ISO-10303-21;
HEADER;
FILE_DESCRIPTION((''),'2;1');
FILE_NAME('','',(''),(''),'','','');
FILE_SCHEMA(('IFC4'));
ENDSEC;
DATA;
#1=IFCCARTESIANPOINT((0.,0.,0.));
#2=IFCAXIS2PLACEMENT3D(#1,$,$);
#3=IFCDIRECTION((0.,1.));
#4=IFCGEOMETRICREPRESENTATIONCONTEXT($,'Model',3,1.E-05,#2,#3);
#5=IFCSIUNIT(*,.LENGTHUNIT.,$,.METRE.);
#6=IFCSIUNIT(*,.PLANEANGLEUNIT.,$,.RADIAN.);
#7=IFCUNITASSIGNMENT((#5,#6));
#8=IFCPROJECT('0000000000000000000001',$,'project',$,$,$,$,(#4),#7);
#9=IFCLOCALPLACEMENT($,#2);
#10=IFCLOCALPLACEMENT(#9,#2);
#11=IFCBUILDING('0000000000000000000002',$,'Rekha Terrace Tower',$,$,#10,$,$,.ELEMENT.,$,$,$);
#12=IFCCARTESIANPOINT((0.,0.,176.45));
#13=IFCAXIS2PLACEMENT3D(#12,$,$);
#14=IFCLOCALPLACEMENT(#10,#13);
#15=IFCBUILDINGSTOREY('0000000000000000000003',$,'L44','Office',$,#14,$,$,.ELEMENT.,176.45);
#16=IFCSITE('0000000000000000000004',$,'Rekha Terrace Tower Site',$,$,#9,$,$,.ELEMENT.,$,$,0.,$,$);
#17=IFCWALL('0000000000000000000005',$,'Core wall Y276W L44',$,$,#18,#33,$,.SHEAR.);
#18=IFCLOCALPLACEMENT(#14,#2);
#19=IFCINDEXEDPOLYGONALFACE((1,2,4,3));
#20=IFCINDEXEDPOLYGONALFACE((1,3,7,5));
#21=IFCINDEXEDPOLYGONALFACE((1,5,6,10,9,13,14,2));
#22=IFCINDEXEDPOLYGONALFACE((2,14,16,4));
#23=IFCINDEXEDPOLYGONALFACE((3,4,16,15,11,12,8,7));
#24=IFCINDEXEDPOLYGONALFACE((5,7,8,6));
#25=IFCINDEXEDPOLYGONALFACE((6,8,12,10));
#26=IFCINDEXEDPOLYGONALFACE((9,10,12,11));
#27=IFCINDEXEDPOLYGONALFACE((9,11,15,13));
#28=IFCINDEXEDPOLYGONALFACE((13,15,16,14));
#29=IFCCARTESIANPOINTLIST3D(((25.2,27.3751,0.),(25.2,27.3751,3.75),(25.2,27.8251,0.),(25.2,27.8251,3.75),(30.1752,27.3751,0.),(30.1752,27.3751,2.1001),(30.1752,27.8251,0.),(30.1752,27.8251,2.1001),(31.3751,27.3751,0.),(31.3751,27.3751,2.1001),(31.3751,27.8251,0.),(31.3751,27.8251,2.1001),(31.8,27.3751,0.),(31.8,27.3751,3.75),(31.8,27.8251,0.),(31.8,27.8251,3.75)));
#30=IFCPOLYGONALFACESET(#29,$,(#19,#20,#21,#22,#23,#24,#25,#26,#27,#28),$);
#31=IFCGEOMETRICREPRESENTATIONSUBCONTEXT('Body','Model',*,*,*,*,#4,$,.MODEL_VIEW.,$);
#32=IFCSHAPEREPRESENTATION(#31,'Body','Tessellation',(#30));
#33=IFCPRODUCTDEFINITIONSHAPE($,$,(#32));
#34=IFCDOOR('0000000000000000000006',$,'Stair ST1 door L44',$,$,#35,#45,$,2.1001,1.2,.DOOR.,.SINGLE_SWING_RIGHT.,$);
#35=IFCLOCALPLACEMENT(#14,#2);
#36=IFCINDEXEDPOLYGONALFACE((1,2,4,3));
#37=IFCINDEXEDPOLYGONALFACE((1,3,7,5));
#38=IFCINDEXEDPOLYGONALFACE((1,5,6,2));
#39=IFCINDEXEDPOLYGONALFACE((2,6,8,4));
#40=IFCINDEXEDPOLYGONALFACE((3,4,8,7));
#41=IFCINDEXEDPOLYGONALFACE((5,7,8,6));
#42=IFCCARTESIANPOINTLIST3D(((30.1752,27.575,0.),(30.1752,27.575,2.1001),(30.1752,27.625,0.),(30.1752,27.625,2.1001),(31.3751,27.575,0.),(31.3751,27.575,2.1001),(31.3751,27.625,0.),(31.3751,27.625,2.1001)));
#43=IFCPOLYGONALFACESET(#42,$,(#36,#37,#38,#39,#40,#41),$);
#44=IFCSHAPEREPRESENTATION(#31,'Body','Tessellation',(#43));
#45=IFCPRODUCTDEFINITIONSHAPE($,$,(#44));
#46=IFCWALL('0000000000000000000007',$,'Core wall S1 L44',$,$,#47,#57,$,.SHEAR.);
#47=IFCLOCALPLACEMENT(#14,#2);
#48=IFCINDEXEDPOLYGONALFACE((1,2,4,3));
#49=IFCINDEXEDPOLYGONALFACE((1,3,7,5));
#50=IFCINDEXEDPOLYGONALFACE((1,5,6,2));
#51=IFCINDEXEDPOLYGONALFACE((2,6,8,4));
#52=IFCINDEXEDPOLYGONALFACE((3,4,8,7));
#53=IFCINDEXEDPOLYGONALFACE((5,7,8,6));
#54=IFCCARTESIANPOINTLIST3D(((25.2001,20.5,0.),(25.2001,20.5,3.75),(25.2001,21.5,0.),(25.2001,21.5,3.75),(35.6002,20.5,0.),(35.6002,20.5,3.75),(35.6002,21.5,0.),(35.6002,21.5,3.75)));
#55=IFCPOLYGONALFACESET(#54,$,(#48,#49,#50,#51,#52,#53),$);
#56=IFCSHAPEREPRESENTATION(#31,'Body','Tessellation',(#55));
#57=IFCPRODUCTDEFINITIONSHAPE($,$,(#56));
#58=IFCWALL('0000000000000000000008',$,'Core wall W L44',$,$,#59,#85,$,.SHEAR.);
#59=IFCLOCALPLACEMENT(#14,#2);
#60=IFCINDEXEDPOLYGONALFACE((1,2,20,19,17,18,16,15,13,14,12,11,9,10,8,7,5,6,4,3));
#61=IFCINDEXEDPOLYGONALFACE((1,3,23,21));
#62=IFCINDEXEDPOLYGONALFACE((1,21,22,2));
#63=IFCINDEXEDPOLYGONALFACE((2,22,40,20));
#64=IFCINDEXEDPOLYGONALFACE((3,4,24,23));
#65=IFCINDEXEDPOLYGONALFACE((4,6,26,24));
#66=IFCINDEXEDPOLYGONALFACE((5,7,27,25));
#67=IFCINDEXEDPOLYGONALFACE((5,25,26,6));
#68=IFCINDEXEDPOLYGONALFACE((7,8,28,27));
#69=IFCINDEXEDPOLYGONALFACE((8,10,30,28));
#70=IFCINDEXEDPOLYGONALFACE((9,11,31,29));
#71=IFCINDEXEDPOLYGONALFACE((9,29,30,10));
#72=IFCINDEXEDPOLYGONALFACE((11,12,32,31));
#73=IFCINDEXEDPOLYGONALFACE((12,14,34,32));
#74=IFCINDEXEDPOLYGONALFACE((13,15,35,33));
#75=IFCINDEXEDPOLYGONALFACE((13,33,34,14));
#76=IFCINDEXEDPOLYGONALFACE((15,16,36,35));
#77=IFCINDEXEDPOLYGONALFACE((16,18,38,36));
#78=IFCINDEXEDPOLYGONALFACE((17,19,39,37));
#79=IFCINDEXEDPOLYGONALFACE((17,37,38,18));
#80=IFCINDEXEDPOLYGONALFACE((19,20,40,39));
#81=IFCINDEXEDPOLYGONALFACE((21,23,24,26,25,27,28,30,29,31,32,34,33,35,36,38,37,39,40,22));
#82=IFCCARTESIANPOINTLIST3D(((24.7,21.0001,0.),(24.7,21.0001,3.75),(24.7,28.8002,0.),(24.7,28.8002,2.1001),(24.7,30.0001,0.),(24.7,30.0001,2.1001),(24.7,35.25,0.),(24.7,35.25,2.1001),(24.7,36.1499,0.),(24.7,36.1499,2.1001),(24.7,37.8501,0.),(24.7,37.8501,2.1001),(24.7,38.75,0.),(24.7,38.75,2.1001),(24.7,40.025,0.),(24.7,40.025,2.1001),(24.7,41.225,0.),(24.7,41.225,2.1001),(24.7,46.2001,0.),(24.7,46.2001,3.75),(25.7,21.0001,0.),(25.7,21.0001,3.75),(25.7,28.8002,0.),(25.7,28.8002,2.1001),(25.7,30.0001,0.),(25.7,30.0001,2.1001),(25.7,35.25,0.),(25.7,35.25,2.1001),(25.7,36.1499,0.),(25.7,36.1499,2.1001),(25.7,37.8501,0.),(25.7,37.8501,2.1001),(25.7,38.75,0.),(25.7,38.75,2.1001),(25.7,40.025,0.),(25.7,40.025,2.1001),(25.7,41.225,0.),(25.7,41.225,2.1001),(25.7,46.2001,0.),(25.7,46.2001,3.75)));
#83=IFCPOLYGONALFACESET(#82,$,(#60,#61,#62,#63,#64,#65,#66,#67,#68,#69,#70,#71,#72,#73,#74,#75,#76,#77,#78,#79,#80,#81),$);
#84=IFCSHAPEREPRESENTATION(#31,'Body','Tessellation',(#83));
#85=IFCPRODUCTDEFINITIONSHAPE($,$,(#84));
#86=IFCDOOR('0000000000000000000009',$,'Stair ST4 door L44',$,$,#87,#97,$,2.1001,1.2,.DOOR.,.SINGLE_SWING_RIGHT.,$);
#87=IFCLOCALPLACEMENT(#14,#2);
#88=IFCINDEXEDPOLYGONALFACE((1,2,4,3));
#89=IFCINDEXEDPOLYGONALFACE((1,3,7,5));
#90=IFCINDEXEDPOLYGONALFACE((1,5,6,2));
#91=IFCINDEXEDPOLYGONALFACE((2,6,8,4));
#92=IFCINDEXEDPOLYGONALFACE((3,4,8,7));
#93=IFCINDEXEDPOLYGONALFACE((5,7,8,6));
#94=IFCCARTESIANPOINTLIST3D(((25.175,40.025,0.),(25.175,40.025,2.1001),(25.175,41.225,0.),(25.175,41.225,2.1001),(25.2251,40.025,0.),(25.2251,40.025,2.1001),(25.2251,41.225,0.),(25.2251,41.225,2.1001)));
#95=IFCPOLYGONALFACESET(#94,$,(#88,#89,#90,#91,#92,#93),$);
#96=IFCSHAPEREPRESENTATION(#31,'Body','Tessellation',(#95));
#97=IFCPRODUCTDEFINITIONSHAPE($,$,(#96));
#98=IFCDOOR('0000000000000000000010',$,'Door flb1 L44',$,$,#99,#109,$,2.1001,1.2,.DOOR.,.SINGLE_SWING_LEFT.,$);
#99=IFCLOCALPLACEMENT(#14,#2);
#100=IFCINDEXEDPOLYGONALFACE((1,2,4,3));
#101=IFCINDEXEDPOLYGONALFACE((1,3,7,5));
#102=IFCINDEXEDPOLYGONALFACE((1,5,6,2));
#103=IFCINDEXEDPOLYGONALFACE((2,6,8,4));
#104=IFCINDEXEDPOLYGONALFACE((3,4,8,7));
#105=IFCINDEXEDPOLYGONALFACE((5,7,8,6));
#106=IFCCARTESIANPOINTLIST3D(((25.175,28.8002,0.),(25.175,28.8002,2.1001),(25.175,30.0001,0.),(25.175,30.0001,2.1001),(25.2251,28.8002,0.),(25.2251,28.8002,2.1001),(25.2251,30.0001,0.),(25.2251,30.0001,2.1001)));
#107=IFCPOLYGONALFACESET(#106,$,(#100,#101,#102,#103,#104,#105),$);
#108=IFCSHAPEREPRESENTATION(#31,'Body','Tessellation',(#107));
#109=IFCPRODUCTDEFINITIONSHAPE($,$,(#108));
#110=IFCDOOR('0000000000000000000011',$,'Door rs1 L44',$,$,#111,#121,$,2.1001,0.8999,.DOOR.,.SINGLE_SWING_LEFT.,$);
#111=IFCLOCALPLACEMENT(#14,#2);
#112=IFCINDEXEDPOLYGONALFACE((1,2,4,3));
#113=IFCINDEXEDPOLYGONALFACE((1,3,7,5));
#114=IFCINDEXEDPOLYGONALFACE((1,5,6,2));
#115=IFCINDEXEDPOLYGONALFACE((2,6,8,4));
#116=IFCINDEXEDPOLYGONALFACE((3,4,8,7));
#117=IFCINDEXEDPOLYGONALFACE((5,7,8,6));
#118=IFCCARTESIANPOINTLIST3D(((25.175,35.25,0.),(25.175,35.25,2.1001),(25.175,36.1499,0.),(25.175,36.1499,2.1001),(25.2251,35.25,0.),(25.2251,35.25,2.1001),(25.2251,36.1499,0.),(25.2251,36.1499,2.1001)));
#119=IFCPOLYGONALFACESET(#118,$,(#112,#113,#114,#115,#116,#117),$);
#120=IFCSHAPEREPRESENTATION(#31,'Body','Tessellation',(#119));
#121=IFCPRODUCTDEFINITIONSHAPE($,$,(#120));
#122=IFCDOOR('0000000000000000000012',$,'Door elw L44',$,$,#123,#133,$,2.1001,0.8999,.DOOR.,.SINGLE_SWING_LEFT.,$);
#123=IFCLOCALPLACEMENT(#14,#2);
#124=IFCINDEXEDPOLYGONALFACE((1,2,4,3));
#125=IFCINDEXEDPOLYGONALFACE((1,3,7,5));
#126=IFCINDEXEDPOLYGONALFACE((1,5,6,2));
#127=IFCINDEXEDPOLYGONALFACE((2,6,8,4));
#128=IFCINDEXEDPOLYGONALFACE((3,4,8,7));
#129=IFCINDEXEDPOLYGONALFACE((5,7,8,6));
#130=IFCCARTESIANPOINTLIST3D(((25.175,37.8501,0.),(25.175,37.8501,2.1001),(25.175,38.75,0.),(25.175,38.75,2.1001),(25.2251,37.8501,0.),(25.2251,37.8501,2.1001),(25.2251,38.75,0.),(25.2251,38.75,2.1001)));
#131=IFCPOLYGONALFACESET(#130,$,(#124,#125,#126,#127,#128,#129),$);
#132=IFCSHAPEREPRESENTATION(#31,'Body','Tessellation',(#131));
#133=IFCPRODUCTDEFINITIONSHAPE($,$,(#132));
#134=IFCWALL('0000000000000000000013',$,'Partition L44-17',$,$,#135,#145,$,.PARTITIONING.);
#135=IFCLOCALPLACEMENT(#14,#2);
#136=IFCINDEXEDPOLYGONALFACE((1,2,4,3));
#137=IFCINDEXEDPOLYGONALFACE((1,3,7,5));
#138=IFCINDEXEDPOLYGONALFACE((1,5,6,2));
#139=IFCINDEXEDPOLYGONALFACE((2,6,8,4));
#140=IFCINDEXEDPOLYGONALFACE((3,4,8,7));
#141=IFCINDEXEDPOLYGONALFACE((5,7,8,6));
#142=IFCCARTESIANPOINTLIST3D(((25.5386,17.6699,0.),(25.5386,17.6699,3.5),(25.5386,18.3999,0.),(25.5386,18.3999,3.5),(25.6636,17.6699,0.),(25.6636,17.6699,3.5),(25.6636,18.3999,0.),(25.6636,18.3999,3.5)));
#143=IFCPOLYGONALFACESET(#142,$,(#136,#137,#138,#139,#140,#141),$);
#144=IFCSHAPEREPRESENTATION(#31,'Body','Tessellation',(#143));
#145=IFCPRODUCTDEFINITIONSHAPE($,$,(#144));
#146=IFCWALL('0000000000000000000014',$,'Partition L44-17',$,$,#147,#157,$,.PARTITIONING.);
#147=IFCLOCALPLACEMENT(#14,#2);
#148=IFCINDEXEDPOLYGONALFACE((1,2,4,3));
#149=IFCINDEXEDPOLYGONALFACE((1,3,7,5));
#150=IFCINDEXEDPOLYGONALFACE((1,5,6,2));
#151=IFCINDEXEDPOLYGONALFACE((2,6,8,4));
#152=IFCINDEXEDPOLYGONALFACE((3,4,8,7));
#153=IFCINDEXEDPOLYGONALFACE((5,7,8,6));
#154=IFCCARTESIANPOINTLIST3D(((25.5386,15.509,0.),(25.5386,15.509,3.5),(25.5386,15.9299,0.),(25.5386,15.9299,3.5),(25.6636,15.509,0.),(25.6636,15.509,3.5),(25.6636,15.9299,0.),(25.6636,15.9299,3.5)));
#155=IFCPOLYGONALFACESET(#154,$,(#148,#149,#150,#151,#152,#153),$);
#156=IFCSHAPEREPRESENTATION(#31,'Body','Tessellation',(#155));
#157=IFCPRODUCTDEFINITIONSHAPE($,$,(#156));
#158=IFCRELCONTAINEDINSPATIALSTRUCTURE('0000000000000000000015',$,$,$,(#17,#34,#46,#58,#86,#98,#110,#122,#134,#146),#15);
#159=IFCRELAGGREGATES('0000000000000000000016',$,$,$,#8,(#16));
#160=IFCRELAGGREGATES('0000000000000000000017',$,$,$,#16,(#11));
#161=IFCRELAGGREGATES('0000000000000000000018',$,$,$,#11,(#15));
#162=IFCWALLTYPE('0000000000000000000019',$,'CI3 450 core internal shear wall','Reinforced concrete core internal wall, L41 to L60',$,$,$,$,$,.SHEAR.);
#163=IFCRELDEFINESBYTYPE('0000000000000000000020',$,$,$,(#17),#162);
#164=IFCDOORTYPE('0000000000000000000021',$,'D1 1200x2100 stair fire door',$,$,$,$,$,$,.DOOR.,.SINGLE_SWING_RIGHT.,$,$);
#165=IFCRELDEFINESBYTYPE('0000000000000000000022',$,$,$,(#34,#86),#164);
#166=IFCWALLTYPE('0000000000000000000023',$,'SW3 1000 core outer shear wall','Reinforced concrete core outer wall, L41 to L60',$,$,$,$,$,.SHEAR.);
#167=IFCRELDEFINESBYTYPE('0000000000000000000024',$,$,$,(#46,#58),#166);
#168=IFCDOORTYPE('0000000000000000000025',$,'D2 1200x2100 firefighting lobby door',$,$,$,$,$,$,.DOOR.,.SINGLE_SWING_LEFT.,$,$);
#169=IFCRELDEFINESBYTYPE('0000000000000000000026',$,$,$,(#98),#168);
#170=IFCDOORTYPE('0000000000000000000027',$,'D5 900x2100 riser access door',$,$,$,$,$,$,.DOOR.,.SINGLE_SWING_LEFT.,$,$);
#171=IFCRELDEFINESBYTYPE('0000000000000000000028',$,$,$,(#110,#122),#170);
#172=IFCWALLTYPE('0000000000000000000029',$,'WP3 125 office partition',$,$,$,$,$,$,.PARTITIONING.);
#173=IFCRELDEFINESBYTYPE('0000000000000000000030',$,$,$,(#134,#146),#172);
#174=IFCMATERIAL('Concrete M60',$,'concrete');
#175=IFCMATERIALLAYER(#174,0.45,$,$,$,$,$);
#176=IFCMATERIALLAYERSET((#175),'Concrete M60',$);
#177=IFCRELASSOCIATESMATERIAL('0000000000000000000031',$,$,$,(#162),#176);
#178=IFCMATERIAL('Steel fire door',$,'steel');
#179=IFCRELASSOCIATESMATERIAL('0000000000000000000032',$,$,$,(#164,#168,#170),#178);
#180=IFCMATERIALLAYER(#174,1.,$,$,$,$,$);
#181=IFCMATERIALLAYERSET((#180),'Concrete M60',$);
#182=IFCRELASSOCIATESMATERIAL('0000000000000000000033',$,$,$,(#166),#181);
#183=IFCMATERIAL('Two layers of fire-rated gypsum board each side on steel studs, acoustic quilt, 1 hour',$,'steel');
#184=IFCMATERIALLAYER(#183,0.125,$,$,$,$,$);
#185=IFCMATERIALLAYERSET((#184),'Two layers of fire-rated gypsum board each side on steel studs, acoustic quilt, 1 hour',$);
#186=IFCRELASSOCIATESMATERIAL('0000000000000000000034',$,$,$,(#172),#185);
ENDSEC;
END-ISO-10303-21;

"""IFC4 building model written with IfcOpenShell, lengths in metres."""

from ifc_helpers import new_model, si_unit, direction, frame, frame_2d, origin, place, context, subcontext, project, spatial, rectangle, extrude, material, layer, layer_set, type_object, element, fill, save


model = new_model("IFC4")

# Units and contexts
model_context = context("Model", 3, precision=1e-05, world=origin(), true_north=direction((0.0, 1.0)))
body_context = subcontext(model_context, "Body", "Model", "MODEL_VIEW")
ifc_project = project(units=[si_unit("LENGTHUNIT", "METRE"), si_unit("PLANEANGLEUNIT", "RADIAN")], contexts=[model_context])

# Site, building, storey
site_placement = place(None, origin())
site = spatial("IfcSite", under=ifc_project, at=site_placement, Name="Rekha Terrace Tower Site", CompositionType="ELEMENT", RefElevation=0.0)
building_placement = place(site_placement, origin())
building = spatial("IfcBuilding", under=site, at=building_placement, Name="Rekha Terrace Tower", CompositionType="ELEMENT")
storey_placement = place(building_placement, frame((0.0, 0.0, 176.45)))
storey = spatial("IfcBuildingStorey", under=building, at=storey_placement, Name="L44", Description="Office", CompositionType="ELEMENT", Elevation=176.45)

# Shared definitions
ifc_material_1 = material(Name="Concrete M60", Category="concrete")

# Wall, opening, door
ifc_layer_1 = layer(ifc_material_1, 0.45)
ifc_layer_set_1 = layer_set([ifc_layer_1], Name="Concrete M60")
wall_type_1 = type_object("IfcWallType", Name="CI3 450 core internal shear wall", Description="Reinforced concrete core internal wall, L41 to L60", PredefinedType="SHEAR", material=ifc_layer_set_1)
wall_1_placement = place(storey_placement, frame((25.2, 27.6001, 0.0), z_axis=(0.0, 0.0, 1.0), x_axis=(1.0, 0.0, 0.0)))
wall_1 = element("IfcWall", 1, at=wall_1_placement, inside=storey, type_object=wall_type_1, Name="Core wall Y276W L44", PredefinedType="SHEAR", context=body_context, shape_type="SweptSolid", body=[
    extrude(rectangle(XDim=6.6001, YDim=0.45, at=frame_2d((3.3, 0.0))), origin(), (0.0, 0.0, 1.0), 3.75),
])
opening_1_placement = place(wall_1_placement, frame((4.9751, 0.0, 0.0)))
opening_1 = element("IfcOpeningElement", 2, at=opening_1_placement, cuts=wall_1, PredefinedType="OPENING", context=body_context, shape_type="SweptSolid", body=[
    extrude(rectangle(XDim=1.2, YDim=2.1001, at=frame_2d((0.6001, 1.05))), frame((0.0, 0.2349, 0.0), z_axis=(0.0, -1.0, 0.0), x_axis=(1.0, 0.0, 0.0)), (0.0, 0.0, 1.0), 0.47),
])
ifc_material_2 = material(Name="Steel fire door", Category="steel")
door_type_1 = type_object("IfcDoorType", Name="D1 1200x2100 stair fire door", OperationType="SINGLE_SWING_RIGHT", PredefinedType="DOOR", material=ifc_material_2)
door_1_placement = place(opening_1_placement, origin())
door_1 = element("IfcDoor", 3, at=door_1_placement, inside=storey, type_object=door_type_1, Name="Stair ST1 door L44", OperationType="SINGLE_SWING_RIGHT", OverallHeight=2.1001, OverallWidth=1.2, PredefinedType="DOOR", context=body_context, shape_type="SweptSolid", body=[
    extrude(rectangle(XDim=1.2, YDim=2.1001, at=frame_2d((0.6001, 1.05))), frame((0.0, 0.0249, 0.0), z_axis=(0.0, -1.0, 0.0), x_axis=(1.0, 0.0, 0.0)), (0.0, 0.0, 1.0), 0.05),
])
fill(opening_1, door_1)

# Wall
ifc_layer_2 = layer(ifc_material_1, 1.0)
ifc_layer_set_2 = layer_set([ifc_layer_2], Name="Concrete M60")
wall_type_2 = type_object("IfcWallType", Name="SW3 1000 core outer shear wall", Description="Reinforced concrete core outer wall, L41 to L60", PredefinedType="SHEAR", material=ifc_layer_set_2)
wall_2_placement = place(storey_placement, frame((25.2, 21.0, 0.0), z_axis=(0.0, 0.0, 1.0), x_axis=(1.0, 0.0, 0.0)))
element("IfcWall", 4, at=wall_2_placement, inside=storey, type_object=wall_type_2, Name="Core wall S1 L44", PredefinedType="SHEAR", context=body_context, shape_type="SweptSolid", body=[
    extrude(rectangle(XDim=10.4001, YDim=1.0, at=frame_2d((5.2002, 0.0))), origin(), (0.0, 0.0, 1.0), 3.75),
])

# Wall, openings, doors
wall_3_placement = place(storey_placement, frame((25.2, 21.0, 0.0), z_axis=(0.0, 0.0, 1.0), x_axis=(0.0, 1.0, 0.0)))
wall_3 = element("IfcWall", 5, at=wall_3_placement, inside=storey, type_object=wall_type_2, Name="Core wall W L44", PredefinedType="SHEAR", context=body_context, shape_type="SweptSolid", body=[
    extrude(rectangle(XDim=25.2, YDim=1.0, at=frame_2d((12.6001, 0.0))), origin(), (0.0, 0.0, 1.0), 3.75),
])
opening_2_placement = place(wall_3_placement, frame((7.8, 0.0, 0.0)))
opening_2 = element("IfcOpeningElement", 6, at=opening_2_placement, cuts=wall_3, PredefinedType="OPENING", context=body_context, shape_type="SweptSolid", body=[
    extrude(rectangle(XDim=1.2, YDim=2.1001, at=frame_2d((0.6001, 1.05))), frame((0.0, 0.51, 0.0), z_axis=(0.0, -1.0, 0.0), x_axis=(1.0, 0.0, 0.0)), (0.0, 0.0, 1.0), 1.02),
])
opening_3_placement = place(wall_3_placement, frame((14.25, 0.0, 0.0)))
opening_3 = element("IfcOpeningElement", 7, at=opening_3_placement, cuts=wall_3, PredefinedType="OPENING", context=body_context, shape_type="SweptSolid", body=[
    extrude(rectangle(XDim=0.8999, YDim=2.1001, at=frame_2d((0.45, 1.05))), frame((0.0, 0.51, 0.0), z_axis=(0.0, -1.0, 0.0), x_axis=(1.0, 0.0, 0.0)), (0.0, 0.0, 1.0), 1.02),
])
opening_4_placement = place(wall_3_placement, frame((16.8501, 0.0, 0.0)))
opening_4 = element("IfcOpeningElement", 8, at=opening_4_placement, cuts=wall_3, PredefinedType="OPENING", context=body_context, shape_type="SweptSolid", body=[
    extrude(rectangle(XDim=0.8999, YDim=2.1001, at=frame_2d((0.45, 1.05))), frame((0.0, 0.51, 0.0), z_axis=(0.0, -1.0, 0.0), x_axis=(1.0, 0.0, 0.0)), (0.0, 0.0, 1.0), 1.02),
])
opening_5_placement = place(wall_3_placement, frame((19.0249, 0.0, 0.0)))
opening_5 = element("IfcOpeningElement", 9, at=opening_5_placement, cuts=wall_3, PredefinedType="OPENING", context=body_context, shape_type="SweptSolid", body=[
    extrude(rectangle(XDim=1.2, YDim=2.1001, at=frame_2d((0.6001, 1.05))), frame((0.0, 0.51, 0.0), z_axis=(0.0, -1.0, 0.0), x_axis=(1.0, 0.0, 0.0)), (0.0, 0.0, 1.0), 1.02),
])
door_2_placement = place(opening_5_placement, origin())
door_2 = element("IfcDoor", 10, at=door_2_placement, inside=storey, type_object=door_type_1, Name="Stair ST4 door L44", OperationType="SINGLE_SWING_RIGHT", OverallHeight=2.1001, OverallWidth=1.2, PredefinedType="DOOR", context=body_context, shape_type="SweptSolid", body=[
    extrude(rectangle(XDim=1.2, YDim=2.1001, at=frame_2d((0.6001, 1.05))), frame((0.0, 0.0249, 0.0), z_axis=(0.0, -1.0, 0.0), x_axis=(1.0, 0.0, 0.0)), (0.0, 0.0, 1.0), 0.05),
])
fill(opening_5, door_2)
door_type_2 = type_object("IfcDoorType", Name="D2 1200x2100 firefighting lobby door", OperationType="SINGLE_SWING_LEFT", PredefinedType="DOOR", material=ifc_material_2)
door_3_placement = place(opening_2_placement, origin())
door_3 = element("IfcDoor", 11, at=door_3_placement, inside=storey, type_object=door_type_2, Name="Door flb1 L44", OperationType="SINGLE_SWING_LEFT", OverallHeight=2.1001, OverallWidth=1.2, PredefinedType="DOOR", context=body_context, shape_type="SweptSolid", body=[
    extrude(rectangle(XDim=1.2, YDim=2.1001, at=frame_2d((0.6001, 1.05))), frame((0.0, 0.0249, 0.0), z_axis=(0.0, -1.0, 0.0), x_axis=(1.0, 0.0, 0.0)), (0.0, 0.0, 1.0), 0.05),
])
fill(opening_2, door_3)
door_type_3 = type_object("IfcDoorType", Name="D5 900x2100 riser access door", OperationType="SINGLE_SWING_LEFT", PredefinedType="DOOR", material=ifc_material_2)
door_4_placement = place(opening_3_placement, origin())
door_4 = element("IfcDoor", 12, at=door_4_placement, inside=storey, type_object=door_type_3, Name="Door rs1 L44", OperationType="SINGLE_SWING_LEFT", OverallHeight=2.1001, OverallWidth=0.8999, PredefinedType="DOOR", context=body_context, shape_type="SweptSolid", body=[
    extrude(rectangle(XDim=0.8999, YDim=2.1001, at=frame_2d((0.45, 1.05))), frame((0.0, 0.0249, 0.0), z_axis=(0.0, -1.0, 0.0), x_axis=(1.0, 0.0, 0.0)), (0.0, 0.0, 1.0), 0.05),
])
fill(opening_3, door_4)
door_5_placement = place(opening_4_placement, origin())
door_5 = element("IfcDoor", 13, at=door_5_placement, inside=storey, type_object=door_type_3, Name="Door elw L44", OperationType="SINGLE_SWING_LEFT", OverallHeight=2.1001, OverallWidth=0.8999, PredefinedType="DOOR", context=body_context, shape_type="SweptSolid", body=[
    extrude(rectangle(XDim=0.8999, YDim=2.1001, at=frame_2d((0.45, 1.05))), frame((0.0, 0.0249, 0.0), z_axis=(0.0, -1.0, 0.0), x_axis=(1.0, 0.0, 0.0)), (0.0, 0.0, 1.0), 0.05),
])
fill(opening_4, door_5)

# Walls
ifc_material_3 = material(Name="Two layers of fire-rated gypsum board each side on steel studs, acoustic quilt, 1 hour", Category="steel")
ifc_layer_3 = layer(ifc_material_3, 0.125)
ifc_layer_set_3 = layer_set([ifc_layer_3], Name="Two layers of fire-rated gypsum board each side on steel studs, acoustic quilt, 1 hour")
wall_type_3 = type_object("IfcWallType", Name="WP3 125 office partition", PredefinedType="PARTITIONING", material=ifc_layer_set_3)
wall_4_placement = place(storey_placement, frame((25.6011, 18.3999, 0.0), z_axis=(0.0, 0.0, 1.0), x_axis=(0.0, -1.0, 0.0)))
element("IfcWall", 14, at=wall_4_placement, inside=storey, type_object=wall_type_3, Name="Partition L44-17", PredefinedType="PARTITIONING", context=body_context, shape_type="SweptSolid", body=[
    extrude(rectangle(XDim=0.73, YDim=0.125, at=frame_2d((0.365, 0.0))), origin(), (0.0, 0.0, 1.0), 3.5),
])
wall_5_placement = place(storey_placement, frame((25.6011, 15.9299, 0.0), z_axis=(0.0, 0.0, 1.0), x_axis=(0.0, -1.0, 0.0)))
element("IfcWall", 15, at=wall_5_placement, inside=storey, type_object=wall_type_3, Name="Partition L44-17", PredefinedType="PARTITIONING", context=body_context, shape_type="SweptSolid", body=[
    extrude(rectangle(XDim=0.4209, YDim=0.125, at=frame_2d((0.2104, 0.0))), origin(), (0.0, 0.0, 1.0), 3.5),
])

save(model, "model.ifc")
